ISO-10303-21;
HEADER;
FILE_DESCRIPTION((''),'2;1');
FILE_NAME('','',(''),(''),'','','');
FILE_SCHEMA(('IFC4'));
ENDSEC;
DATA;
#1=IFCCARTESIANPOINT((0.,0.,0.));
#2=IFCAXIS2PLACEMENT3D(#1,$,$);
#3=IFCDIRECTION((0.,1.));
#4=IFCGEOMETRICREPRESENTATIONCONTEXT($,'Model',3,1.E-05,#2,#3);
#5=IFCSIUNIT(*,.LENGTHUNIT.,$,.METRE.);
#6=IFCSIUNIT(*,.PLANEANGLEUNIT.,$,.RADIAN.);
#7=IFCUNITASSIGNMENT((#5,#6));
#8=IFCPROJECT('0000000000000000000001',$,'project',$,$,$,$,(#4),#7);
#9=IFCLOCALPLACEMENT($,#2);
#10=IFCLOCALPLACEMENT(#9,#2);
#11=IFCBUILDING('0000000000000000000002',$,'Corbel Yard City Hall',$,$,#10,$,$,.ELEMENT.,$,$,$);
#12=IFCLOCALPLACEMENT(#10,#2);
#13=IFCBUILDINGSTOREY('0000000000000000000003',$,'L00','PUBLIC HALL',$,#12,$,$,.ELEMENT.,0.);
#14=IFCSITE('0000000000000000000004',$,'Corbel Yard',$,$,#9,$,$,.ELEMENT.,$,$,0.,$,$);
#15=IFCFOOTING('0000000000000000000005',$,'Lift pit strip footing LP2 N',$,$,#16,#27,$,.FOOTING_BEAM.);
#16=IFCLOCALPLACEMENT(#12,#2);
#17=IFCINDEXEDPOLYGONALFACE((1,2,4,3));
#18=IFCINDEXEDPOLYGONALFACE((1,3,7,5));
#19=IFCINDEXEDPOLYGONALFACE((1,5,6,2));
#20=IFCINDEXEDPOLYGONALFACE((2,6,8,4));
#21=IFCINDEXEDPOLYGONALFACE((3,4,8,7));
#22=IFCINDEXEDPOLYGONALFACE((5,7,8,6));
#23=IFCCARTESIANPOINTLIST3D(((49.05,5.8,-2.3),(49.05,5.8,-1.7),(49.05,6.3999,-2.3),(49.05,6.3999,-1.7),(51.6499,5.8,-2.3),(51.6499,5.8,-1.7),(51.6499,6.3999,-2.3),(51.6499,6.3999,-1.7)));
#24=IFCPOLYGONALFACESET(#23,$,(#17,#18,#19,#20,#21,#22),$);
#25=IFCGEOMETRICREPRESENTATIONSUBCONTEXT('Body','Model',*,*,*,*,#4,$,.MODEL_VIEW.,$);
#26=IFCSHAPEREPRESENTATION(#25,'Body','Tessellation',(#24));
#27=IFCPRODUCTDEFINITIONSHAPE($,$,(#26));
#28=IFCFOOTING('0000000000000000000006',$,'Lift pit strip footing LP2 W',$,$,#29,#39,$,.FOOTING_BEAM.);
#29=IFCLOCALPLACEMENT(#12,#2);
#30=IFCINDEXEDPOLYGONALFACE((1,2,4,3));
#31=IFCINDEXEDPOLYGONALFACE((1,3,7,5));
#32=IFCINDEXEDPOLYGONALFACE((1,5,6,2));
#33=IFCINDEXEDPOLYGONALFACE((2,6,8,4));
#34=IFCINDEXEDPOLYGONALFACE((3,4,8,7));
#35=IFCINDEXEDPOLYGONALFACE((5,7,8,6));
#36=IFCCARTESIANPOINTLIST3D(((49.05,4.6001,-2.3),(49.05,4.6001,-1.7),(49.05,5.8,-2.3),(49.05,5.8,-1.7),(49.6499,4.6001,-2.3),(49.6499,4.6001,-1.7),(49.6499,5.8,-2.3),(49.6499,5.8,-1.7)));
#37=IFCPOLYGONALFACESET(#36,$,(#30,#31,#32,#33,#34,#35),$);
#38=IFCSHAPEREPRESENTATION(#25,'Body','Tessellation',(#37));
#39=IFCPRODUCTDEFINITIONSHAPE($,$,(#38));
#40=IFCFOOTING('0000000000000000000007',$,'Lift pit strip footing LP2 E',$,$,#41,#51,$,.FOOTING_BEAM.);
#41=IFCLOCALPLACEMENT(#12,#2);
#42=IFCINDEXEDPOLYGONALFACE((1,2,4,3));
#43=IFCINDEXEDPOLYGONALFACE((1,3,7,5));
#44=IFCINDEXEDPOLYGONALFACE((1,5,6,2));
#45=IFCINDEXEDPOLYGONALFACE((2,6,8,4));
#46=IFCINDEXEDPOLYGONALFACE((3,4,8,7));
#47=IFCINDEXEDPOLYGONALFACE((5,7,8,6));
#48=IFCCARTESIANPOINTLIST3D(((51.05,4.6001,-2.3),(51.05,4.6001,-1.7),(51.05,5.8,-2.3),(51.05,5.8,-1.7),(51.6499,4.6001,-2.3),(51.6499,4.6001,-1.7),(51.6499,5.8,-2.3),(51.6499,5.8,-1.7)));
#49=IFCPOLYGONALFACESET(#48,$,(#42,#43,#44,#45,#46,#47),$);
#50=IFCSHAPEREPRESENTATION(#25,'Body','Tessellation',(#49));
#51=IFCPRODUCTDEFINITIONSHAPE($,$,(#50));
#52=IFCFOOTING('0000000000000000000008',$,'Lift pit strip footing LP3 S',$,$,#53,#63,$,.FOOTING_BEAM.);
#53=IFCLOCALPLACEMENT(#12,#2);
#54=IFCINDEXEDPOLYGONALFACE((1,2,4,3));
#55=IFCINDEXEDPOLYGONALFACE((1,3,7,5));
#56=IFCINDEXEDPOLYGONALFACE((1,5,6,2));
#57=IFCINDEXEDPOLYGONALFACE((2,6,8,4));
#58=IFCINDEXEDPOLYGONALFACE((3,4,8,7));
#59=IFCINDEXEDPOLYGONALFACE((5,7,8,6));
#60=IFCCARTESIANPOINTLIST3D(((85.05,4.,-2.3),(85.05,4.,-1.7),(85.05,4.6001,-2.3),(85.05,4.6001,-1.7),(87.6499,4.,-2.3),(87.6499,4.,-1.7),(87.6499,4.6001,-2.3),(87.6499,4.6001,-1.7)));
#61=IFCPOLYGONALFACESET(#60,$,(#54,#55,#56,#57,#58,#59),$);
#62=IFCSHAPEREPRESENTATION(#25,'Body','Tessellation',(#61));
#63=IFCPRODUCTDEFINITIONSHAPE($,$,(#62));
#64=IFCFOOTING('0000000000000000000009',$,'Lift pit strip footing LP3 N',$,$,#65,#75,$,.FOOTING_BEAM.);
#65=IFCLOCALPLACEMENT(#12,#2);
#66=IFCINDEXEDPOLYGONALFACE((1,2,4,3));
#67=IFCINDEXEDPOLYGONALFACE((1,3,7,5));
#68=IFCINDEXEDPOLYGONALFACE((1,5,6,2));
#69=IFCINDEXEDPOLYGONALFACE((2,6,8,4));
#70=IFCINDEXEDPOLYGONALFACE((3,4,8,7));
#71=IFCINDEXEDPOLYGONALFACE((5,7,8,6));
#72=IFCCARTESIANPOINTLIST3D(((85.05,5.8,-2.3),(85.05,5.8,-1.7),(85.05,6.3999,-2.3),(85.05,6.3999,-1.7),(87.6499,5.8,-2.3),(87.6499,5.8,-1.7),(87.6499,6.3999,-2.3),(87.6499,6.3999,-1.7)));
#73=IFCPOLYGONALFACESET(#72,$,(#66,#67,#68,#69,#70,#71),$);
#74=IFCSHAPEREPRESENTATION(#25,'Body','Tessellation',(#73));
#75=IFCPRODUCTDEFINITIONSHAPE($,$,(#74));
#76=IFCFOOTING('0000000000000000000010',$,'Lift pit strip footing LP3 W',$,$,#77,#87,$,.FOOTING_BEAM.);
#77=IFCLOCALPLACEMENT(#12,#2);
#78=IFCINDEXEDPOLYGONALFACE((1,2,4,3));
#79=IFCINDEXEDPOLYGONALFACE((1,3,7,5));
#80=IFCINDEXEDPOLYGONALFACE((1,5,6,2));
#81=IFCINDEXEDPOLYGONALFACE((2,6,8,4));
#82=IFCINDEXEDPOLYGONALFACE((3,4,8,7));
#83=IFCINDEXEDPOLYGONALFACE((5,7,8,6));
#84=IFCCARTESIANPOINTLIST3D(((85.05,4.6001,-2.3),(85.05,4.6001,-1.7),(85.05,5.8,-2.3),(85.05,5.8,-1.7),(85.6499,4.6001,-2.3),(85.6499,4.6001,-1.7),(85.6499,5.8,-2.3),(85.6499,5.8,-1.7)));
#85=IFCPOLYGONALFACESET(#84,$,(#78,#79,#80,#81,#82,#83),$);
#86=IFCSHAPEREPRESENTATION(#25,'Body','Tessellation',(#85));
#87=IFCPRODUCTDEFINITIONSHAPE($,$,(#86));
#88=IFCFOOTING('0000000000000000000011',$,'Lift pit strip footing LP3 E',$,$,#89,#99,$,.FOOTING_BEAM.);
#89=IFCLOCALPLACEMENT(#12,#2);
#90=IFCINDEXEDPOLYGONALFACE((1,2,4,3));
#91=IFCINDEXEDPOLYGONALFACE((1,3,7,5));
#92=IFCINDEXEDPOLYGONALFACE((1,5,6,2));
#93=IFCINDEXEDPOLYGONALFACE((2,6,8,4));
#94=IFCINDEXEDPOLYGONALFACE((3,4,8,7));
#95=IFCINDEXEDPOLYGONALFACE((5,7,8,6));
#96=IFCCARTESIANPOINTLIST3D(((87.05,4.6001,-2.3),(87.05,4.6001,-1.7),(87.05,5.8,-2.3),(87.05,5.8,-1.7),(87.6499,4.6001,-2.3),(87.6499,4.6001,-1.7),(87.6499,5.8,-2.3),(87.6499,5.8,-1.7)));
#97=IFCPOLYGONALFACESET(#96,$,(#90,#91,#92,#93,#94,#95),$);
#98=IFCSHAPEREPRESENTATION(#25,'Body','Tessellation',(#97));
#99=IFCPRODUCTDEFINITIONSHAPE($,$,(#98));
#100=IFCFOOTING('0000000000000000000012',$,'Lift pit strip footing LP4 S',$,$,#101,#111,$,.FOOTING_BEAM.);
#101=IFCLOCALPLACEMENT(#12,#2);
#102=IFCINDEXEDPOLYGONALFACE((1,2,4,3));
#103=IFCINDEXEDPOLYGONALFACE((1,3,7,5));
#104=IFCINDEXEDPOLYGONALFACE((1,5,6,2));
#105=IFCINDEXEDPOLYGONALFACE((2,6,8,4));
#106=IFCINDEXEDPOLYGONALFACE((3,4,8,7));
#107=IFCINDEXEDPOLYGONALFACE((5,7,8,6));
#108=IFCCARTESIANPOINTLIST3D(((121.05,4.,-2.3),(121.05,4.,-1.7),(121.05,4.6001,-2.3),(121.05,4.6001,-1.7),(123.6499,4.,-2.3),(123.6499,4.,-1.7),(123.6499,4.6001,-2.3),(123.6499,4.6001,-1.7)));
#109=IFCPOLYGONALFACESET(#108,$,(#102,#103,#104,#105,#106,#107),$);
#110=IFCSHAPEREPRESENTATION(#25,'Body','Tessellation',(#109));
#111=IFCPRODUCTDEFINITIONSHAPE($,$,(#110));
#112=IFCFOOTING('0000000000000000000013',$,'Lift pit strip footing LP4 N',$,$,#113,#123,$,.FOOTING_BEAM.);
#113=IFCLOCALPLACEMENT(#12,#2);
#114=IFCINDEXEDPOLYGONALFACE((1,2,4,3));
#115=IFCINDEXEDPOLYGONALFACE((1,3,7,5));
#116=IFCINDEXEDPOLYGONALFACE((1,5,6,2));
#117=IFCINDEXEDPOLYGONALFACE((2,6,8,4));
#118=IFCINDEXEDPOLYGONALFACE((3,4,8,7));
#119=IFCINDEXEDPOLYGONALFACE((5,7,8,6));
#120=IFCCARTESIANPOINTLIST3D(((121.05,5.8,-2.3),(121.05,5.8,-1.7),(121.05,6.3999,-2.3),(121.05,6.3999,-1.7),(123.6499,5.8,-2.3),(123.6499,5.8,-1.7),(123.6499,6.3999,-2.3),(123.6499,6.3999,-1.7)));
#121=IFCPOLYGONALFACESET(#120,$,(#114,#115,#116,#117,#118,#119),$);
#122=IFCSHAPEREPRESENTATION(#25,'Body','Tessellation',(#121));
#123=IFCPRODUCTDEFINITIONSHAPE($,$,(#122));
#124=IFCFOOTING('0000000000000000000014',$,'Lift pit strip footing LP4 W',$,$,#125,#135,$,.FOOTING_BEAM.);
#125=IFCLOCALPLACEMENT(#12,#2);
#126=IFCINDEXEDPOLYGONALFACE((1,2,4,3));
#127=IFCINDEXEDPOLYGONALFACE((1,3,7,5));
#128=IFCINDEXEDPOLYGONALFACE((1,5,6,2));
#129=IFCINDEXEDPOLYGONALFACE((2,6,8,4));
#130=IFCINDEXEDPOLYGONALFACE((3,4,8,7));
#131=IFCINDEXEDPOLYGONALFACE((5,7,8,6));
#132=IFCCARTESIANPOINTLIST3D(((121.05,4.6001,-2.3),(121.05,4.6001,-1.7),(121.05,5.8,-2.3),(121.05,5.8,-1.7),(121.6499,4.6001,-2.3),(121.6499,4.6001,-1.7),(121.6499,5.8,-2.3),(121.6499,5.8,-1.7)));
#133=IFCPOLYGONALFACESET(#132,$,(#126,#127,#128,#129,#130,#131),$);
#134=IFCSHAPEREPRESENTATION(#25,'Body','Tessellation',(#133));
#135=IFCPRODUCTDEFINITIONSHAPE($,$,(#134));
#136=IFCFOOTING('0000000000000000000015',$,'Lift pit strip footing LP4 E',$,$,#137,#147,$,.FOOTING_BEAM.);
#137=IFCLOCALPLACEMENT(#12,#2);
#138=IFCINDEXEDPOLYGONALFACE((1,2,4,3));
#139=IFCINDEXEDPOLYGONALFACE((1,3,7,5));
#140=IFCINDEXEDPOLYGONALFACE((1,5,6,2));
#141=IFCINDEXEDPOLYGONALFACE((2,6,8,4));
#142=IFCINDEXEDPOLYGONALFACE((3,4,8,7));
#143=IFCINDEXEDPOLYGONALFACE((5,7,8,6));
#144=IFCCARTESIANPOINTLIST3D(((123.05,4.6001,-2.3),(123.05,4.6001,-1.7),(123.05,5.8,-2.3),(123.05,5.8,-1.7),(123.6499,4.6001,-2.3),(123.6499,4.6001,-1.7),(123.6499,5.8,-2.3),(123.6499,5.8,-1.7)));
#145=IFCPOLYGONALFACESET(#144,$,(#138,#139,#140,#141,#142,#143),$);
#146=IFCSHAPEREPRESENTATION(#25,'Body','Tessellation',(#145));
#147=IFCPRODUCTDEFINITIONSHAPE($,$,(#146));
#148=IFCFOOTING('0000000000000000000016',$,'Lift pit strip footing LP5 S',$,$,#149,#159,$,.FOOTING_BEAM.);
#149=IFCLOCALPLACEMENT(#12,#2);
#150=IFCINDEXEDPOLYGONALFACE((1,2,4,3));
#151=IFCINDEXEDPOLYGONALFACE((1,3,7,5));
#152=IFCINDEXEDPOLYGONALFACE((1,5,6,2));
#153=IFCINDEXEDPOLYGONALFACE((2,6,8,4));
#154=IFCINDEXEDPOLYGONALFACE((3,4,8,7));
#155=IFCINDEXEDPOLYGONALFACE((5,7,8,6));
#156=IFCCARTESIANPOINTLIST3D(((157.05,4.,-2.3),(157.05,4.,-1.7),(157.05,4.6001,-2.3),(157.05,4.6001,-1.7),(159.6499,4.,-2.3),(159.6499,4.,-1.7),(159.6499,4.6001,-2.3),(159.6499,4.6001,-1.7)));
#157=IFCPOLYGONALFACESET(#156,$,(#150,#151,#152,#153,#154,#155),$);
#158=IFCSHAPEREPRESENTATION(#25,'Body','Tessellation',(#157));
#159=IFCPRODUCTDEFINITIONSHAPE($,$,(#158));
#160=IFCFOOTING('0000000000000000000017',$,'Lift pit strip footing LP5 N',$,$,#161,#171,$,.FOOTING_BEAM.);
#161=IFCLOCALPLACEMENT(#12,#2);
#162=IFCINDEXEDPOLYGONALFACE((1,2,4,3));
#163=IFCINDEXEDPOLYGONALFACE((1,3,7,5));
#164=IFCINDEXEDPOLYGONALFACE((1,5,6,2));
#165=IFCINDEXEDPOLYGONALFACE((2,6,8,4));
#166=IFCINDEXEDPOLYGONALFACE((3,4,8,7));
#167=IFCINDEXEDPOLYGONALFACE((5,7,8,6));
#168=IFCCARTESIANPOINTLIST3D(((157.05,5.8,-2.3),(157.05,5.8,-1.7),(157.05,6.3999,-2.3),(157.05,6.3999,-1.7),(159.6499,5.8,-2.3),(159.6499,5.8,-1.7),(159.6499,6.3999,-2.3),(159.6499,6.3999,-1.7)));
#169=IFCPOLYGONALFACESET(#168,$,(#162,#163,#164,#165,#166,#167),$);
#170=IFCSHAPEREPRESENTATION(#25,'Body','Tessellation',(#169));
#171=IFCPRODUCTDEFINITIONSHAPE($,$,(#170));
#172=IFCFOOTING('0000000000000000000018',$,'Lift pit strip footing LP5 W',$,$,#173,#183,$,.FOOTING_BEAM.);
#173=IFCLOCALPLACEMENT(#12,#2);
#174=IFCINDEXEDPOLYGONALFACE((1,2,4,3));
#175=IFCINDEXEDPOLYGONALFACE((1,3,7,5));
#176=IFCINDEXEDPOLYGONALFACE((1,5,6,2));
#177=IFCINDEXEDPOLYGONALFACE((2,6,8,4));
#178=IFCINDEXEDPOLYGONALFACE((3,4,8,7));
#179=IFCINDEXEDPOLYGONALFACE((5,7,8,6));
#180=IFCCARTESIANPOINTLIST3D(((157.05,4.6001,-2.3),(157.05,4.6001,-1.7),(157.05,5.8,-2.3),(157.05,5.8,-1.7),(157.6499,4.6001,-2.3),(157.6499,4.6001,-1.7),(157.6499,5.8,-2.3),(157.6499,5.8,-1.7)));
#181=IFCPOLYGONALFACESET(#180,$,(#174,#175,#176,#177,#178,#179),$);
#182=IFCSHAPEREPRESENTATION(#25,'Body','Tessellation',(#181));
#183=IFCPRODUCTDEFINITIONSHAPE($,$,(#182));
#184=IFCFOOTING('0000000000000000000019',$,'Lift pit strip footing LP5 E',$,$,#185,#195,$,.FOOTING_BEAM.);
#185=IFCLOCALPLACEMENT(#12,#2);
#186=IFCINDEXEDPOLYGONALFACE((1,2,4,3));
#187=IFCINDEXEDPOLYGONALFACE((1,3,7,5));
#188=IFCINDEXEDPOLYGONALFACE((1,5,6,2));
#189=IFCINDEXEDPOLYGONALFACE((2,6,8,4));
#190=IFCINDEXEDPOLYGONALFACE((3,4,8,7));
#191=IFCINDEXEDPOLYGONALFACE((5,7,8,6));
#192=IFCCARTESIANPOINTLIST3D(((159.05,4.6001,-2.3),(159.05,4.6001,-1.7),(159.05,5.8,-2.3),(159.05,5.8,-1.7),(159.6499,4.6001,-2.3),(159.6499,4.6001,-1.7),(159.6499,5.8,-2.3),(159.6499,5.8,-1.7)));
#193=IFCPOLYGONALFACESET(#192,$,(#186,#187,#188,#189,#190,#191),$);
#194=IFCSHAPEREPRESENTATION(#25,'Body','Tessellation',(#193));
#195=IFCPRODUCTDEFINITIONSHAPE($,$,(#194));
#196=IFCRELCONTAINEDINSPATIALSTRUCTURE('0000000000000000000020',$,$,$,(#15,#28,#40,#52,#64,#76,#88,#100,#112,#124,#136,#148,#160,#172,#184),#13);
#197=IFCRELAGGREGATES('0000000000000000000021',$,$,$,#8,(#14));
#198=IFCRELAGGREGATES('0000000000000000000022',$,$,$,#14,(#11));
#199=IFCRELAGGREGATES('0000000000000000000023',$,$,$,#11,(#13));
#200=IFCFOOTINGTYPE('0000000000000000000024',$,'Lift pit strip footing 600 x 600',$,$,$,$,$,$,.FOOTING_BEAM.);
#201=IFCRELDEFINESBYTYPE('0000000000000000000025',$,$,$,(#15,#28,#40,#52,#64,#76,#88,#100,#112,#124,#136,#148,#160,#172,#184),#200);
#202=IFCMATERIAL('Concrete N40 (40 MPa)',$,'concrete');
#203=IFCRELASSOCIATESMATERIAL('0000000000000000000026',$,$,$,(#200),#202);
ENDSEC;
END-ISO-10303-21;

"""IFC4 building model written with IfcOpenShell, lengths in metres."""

from ifc_helpers import new_model, si_unit, direction, frame, origin, place, context, subcontext, project, spatial, polyline, outline, extrude, material, type_object, element, save


model = new_model("IFC4")

# Units and contexts
model_context = context("Model", 3, precision=1e-05, world=origin(), true_north=direction((0.0, 1.0)))
body_context = subcontext(model_context, "Body", "Model", "MODEL_VIEW")
ifc_project = project(units=[si_unit("LENGTHUNIT", "METRE"), si_unit("PLANEANGLEUNIT", "RADIAN")], contexts=[model_context])

# Site, building, storey
site_placement = place(None, origin())
site = spatial("IfcSite", under=ifc_project, at=site_placement, Name="Corbel Yard", CompositionType="ELEMENT", RefElevation=0.0)
building_placement = place(site_placement, origin())
building = spatial("IfcBuilding", under=site, at=building_placement, Name="Corbel Yard City Hall", CompositionType="ELEMENT")
storey_placement = place(building_placement, origin())
storey = spatial("IfcBuildingStorey", under=building, at=storey_placement, Name="L00", Description="PUBLIC HALL", CompositionType="ELEMENT", Elevation=0.0)

# Footings
ifc_material = material(Name="Concrete N40 (40 MPa)", Category="concrete")
footing_type = type_object("IfcFootingType", Name="Lift pit strip footing 600 x 600", PredefinedType="FOOTING_BEAM", material=ifc_material)
footing_1_placement = place(storey_placement, frame((0.0, 0.0, -2.3)))
element("IfcFooting", 1, at=footing_1_placement, inside=storey, type_object=footing_type, Name="Lift pit strip footing LP2 N", PredefinedType="FOOTING_BEAM", context=body_context, shape_type="SweptSolid", body=[
    extrude(outline(polyline([(51.6499, 5.8), (51.6499, 6.3999), (49.05, 6.3999), (49.05, 5.8), (51.6499, 5.8)])), origin(), (0.0, 0.0, 1.0), 0.6001),
])
footing_2_placement = place(storey_placement, frame((0.0, 0.0, -2.3)))
element("IfcFooting", 2, at=footing_2_placement, inside=storey, type_object=footing_type, Name="Lift pit strip footing LP2 W", PredefinedType="FOOTING_BEAM", context=body_context, shape_type="SweptSolid", body=[
    extrude(outline(polyline([(49.6499, 4.6001), (49.6499, 5.8), (49.05, 5.8), (49.05, 4.6001), (49.6499, 4.6001)])), origin(), (0.0, 0.0, 1.0), 0.6001),
])
footing_3_placement = place(storey_placement, frame((0.0, 0.0, -2.3)))
element("IfcFooting", 3, at=footing_3_placement, inside=storey, type_object=footing_type, Name="Lift pit strip footing LP2 E", PredefinedType="FOOTING_BEAM", context=body_context, shape_type="SweptSolid", body=[
    extrude(outline(polyline([(51.6499, 4.6001), (51.6499, 5.8), (51.05, 5.8), (51.05, 4.6001), (51.6499, 4.6001)])), origin(), (0.0, 0.0, 1.0), 0.6001),
])
footing_4_placement = place(storey_placement, frame((0.0, 0.0, -2.3)))
element("IfcFooting", 4, at=footing_4_placement, inside=storey, type_object=footing_type, Name="Lift pit strip footing LP3 S", PredefinedType="FOOTING_BEAM", context=body_context, shape_type="SweptSolid", body=[
    extrude(outline(polyline([(87.6499, 4.0), (87.6499, 4.6001), (85.05, 4.6001), (85.05, 4.0), (87.6499, 4.0)])), origin(), (0.0, 0.0, 1.0), 0.6001),
])
footing_5_placement = place(storey_placement, frame((0.0, 0.0, -2.3)))
element("IfcFooting", 5, at=footing_5_placement, inside=storey, type_object=footing_type, Name="Lift pit strip footing LP3 N", PredefinedType="FOOTING_BEAM", context=body_context, shape_type="SweptSolid", body=[
    extrude(outline(polyline([(87.6499, 5.8), (87.6499, 6.3999), (85.05, 6.3999), (85.05, 5.8), (87.6499, 5.8)])), origin(), (0.0, 0.0, 1.0), 0.6001),
])
footing_6_placement = place(storey_placement, frame((0.0, 0.0, -2.3)))
element("IfcFooting", 6, at=footing_6_placement, inside=storey, type_object=footing_type, Name="Lift pit strip footing LP3 W", PredefinedType="FOOTING_BEAM", context=body_context, shape_type="SweptSolid", body=[
    extrude(outline(polyline([(85.6499, 4.6001), (85.6499, 5.8), (85.05, 5.8), (85.05, 4.6001), (85.6499, 4.6001)])), origin(), (0.0, 0.0, 1.0), 0.6001),
])
footing_7_placement = place(storey_placement, frame((0.0, 0.0, -2.3)))
element("IfcFooting", 7, at=footing_7_placement, inside=storey, type_object=footing_type, Name="Lift pit strip footing LP3 E", PredefinedType="FOOTING_BEAM", context=body_context, shape_type="SweptSolid", body=[
    extrude(outline(polyline([(87.6499, 4.6001), (87.6499, 5.8), (87.05, 5.8), (87.05, 4.6001), (87.6499, 4.6001)])), origin(), (0.0, 0.0, 1.0), 0.6001),
])
footing_8_placement = place(storey_placement, frame((0.0, 0.0, -2.3)))
element("IfcFooting", 8, at=footing_8_placement, inside=storey, type_object=footing_type, Name="Lift pit strip footing LP4 S", PredefinedType="FOOTING_BEAM", context=body_context, shape_type="SweptSolid", body=[
    extrude(outline(polyline([(123.6499, 4.0), (123.6499, 4.6001), (121.05, 4.6001), (121.05, 4.0), (123.6499, 4.0)])), origin(), (0.0, 0.0, 1.0), 0.6001),
])
footing_9_placement = place(storey_placement, frame((0.0, 0.0, -2.3)))
element("IfcFooting", 9, at=footing_9_placement, inside=storey, type_object=footing_type, Name="Lift pit strip footing LP4 N", PredefinedType="FOOTING_BEAM", context=body_context, shape_type="SweptSolid", body=[
    extrude(outline(polyline([(123.6499, 5.8), (123.6499, 6.3999), (121.05, 6.3999), (121.05, 5.8), (123.6499, 5.8)])), origin(), (0.0, 0.0, 1.0), 0.6001),
])
footing_10_placement = place(storey_placement, frame((0.0, 0.0, -2.3)))
element("IfcFooting", 10, at=footing_10_placement, inside=storey, type_object=footing_type, Name="Lift pit strip footing LP4 W", PredefinedType="FOOTING_BEAM", context=body_context, shape_type="SweptSolid", body=[
    extrude(outline(polyline([(121.6499, 4.6001), (121.6499, 5.8), (121.05, 5.8), (121.05, 4.6001), (121.6499, 4.6001)])), origin(), (0.0, 0.0, 1.0), 0.6001),
])
footing_11_placement = place(storey_placement, frame((0.0, 0.0, -2.3)))
element("IfcFooting", 11, at=footing_11_placement, inside=storey, type_object=footing_type, Name="Lift pit strip footing LP4 E", PredefinedType="FOOTING_BEAM", context=body_context, shape_type="SweptSolid", body=[
    extrude(outline(polyline([(123.6499, 4.6001), (123.6499, 5.8), (123.05, 5.8), (123.05, 4.6001), (123.6499, 4.6001)])), origin(), (0.0, 0.0, 1.0), 0.6001),
])
footing_12_placement = place(storey_placement, frame((0.0, 0.0, -2.3)))
element("IfcFooting", 12, at=footing_12_placement, inside=storey, type_object=footing_type, Name="Lift pit strip footing LP5 S", PredefinedType="FOOTING_BEAM", context=body_context, shape_type="SweptSolid", body=[
    extrude(outline(polyline([(159.6499, 4.0), (159.6499, 4.6001), (157.05, 4.6001), (157.05, 4.0), (159.6499, 4.0)])), origin(), (0.0, 0.0, 1.0), 0.6001),
])
footing_13_placement = place(storey_placement, frame((0.0, 0.0, -2.3)))
element("IfcFooting", 13, at=footing_13_placement, inside=storey, type_object=footing_type, Name="Lift pit strip footing LP5 N", PredefinedType="FOOTING_BEAM", context=body_context, shape_type="SweptSolid", body=[
    extrude(outline(polyline([(159.6499, 5.8), (159.6499, 6.3999), (157.05, 6.3999), (157.05, 5.8), (159.6499, 5.8)])), origin(), (0.0, 0.0, 1.0), 0.6001),
])
footing_14_placement = place(storey_placement, frame((0.0, 0.0, -2.3)))
element("IfcFooting", 14, at=footing_14_placement, inside=storey, type_object=footing_type, Name="Lift pit strip footing LP5 W", PredefinedType="FOOTING_BEAM", context=body_context, shape_type="SweptSolid", body=[
    extrude(outline(polyline([(157.6499, 4.6001), (157.6499, 5.8), (157.05, 5.8), (157.05, 4.6001), (157.6499, 4.6001)])), origin(), (0.0, 0.0, 1.0), 0.6001),
])
footing_15_placement = place(storey_placement, frame((0.0, 0.0, -2.3)))
element("IfcFooting", 15, at=footing_15_placement, inside=storey, type_object=footing_type, Name="Lift pit strip footing LP5 E", PredefinedType="FOOTING_BEAM", context=body_context, shape_type="SweptSolid", body=[
    extrude(outline(polyline([(159.6499, 4.6001), (159.6499, 5.8), (159.05, 5.8), (159.05, 4.6001), (159.6499, 4.6001)])), origin(), (0.0, 0.0, 1.0), 0.6001),
])

save(model, "model.ifc")
